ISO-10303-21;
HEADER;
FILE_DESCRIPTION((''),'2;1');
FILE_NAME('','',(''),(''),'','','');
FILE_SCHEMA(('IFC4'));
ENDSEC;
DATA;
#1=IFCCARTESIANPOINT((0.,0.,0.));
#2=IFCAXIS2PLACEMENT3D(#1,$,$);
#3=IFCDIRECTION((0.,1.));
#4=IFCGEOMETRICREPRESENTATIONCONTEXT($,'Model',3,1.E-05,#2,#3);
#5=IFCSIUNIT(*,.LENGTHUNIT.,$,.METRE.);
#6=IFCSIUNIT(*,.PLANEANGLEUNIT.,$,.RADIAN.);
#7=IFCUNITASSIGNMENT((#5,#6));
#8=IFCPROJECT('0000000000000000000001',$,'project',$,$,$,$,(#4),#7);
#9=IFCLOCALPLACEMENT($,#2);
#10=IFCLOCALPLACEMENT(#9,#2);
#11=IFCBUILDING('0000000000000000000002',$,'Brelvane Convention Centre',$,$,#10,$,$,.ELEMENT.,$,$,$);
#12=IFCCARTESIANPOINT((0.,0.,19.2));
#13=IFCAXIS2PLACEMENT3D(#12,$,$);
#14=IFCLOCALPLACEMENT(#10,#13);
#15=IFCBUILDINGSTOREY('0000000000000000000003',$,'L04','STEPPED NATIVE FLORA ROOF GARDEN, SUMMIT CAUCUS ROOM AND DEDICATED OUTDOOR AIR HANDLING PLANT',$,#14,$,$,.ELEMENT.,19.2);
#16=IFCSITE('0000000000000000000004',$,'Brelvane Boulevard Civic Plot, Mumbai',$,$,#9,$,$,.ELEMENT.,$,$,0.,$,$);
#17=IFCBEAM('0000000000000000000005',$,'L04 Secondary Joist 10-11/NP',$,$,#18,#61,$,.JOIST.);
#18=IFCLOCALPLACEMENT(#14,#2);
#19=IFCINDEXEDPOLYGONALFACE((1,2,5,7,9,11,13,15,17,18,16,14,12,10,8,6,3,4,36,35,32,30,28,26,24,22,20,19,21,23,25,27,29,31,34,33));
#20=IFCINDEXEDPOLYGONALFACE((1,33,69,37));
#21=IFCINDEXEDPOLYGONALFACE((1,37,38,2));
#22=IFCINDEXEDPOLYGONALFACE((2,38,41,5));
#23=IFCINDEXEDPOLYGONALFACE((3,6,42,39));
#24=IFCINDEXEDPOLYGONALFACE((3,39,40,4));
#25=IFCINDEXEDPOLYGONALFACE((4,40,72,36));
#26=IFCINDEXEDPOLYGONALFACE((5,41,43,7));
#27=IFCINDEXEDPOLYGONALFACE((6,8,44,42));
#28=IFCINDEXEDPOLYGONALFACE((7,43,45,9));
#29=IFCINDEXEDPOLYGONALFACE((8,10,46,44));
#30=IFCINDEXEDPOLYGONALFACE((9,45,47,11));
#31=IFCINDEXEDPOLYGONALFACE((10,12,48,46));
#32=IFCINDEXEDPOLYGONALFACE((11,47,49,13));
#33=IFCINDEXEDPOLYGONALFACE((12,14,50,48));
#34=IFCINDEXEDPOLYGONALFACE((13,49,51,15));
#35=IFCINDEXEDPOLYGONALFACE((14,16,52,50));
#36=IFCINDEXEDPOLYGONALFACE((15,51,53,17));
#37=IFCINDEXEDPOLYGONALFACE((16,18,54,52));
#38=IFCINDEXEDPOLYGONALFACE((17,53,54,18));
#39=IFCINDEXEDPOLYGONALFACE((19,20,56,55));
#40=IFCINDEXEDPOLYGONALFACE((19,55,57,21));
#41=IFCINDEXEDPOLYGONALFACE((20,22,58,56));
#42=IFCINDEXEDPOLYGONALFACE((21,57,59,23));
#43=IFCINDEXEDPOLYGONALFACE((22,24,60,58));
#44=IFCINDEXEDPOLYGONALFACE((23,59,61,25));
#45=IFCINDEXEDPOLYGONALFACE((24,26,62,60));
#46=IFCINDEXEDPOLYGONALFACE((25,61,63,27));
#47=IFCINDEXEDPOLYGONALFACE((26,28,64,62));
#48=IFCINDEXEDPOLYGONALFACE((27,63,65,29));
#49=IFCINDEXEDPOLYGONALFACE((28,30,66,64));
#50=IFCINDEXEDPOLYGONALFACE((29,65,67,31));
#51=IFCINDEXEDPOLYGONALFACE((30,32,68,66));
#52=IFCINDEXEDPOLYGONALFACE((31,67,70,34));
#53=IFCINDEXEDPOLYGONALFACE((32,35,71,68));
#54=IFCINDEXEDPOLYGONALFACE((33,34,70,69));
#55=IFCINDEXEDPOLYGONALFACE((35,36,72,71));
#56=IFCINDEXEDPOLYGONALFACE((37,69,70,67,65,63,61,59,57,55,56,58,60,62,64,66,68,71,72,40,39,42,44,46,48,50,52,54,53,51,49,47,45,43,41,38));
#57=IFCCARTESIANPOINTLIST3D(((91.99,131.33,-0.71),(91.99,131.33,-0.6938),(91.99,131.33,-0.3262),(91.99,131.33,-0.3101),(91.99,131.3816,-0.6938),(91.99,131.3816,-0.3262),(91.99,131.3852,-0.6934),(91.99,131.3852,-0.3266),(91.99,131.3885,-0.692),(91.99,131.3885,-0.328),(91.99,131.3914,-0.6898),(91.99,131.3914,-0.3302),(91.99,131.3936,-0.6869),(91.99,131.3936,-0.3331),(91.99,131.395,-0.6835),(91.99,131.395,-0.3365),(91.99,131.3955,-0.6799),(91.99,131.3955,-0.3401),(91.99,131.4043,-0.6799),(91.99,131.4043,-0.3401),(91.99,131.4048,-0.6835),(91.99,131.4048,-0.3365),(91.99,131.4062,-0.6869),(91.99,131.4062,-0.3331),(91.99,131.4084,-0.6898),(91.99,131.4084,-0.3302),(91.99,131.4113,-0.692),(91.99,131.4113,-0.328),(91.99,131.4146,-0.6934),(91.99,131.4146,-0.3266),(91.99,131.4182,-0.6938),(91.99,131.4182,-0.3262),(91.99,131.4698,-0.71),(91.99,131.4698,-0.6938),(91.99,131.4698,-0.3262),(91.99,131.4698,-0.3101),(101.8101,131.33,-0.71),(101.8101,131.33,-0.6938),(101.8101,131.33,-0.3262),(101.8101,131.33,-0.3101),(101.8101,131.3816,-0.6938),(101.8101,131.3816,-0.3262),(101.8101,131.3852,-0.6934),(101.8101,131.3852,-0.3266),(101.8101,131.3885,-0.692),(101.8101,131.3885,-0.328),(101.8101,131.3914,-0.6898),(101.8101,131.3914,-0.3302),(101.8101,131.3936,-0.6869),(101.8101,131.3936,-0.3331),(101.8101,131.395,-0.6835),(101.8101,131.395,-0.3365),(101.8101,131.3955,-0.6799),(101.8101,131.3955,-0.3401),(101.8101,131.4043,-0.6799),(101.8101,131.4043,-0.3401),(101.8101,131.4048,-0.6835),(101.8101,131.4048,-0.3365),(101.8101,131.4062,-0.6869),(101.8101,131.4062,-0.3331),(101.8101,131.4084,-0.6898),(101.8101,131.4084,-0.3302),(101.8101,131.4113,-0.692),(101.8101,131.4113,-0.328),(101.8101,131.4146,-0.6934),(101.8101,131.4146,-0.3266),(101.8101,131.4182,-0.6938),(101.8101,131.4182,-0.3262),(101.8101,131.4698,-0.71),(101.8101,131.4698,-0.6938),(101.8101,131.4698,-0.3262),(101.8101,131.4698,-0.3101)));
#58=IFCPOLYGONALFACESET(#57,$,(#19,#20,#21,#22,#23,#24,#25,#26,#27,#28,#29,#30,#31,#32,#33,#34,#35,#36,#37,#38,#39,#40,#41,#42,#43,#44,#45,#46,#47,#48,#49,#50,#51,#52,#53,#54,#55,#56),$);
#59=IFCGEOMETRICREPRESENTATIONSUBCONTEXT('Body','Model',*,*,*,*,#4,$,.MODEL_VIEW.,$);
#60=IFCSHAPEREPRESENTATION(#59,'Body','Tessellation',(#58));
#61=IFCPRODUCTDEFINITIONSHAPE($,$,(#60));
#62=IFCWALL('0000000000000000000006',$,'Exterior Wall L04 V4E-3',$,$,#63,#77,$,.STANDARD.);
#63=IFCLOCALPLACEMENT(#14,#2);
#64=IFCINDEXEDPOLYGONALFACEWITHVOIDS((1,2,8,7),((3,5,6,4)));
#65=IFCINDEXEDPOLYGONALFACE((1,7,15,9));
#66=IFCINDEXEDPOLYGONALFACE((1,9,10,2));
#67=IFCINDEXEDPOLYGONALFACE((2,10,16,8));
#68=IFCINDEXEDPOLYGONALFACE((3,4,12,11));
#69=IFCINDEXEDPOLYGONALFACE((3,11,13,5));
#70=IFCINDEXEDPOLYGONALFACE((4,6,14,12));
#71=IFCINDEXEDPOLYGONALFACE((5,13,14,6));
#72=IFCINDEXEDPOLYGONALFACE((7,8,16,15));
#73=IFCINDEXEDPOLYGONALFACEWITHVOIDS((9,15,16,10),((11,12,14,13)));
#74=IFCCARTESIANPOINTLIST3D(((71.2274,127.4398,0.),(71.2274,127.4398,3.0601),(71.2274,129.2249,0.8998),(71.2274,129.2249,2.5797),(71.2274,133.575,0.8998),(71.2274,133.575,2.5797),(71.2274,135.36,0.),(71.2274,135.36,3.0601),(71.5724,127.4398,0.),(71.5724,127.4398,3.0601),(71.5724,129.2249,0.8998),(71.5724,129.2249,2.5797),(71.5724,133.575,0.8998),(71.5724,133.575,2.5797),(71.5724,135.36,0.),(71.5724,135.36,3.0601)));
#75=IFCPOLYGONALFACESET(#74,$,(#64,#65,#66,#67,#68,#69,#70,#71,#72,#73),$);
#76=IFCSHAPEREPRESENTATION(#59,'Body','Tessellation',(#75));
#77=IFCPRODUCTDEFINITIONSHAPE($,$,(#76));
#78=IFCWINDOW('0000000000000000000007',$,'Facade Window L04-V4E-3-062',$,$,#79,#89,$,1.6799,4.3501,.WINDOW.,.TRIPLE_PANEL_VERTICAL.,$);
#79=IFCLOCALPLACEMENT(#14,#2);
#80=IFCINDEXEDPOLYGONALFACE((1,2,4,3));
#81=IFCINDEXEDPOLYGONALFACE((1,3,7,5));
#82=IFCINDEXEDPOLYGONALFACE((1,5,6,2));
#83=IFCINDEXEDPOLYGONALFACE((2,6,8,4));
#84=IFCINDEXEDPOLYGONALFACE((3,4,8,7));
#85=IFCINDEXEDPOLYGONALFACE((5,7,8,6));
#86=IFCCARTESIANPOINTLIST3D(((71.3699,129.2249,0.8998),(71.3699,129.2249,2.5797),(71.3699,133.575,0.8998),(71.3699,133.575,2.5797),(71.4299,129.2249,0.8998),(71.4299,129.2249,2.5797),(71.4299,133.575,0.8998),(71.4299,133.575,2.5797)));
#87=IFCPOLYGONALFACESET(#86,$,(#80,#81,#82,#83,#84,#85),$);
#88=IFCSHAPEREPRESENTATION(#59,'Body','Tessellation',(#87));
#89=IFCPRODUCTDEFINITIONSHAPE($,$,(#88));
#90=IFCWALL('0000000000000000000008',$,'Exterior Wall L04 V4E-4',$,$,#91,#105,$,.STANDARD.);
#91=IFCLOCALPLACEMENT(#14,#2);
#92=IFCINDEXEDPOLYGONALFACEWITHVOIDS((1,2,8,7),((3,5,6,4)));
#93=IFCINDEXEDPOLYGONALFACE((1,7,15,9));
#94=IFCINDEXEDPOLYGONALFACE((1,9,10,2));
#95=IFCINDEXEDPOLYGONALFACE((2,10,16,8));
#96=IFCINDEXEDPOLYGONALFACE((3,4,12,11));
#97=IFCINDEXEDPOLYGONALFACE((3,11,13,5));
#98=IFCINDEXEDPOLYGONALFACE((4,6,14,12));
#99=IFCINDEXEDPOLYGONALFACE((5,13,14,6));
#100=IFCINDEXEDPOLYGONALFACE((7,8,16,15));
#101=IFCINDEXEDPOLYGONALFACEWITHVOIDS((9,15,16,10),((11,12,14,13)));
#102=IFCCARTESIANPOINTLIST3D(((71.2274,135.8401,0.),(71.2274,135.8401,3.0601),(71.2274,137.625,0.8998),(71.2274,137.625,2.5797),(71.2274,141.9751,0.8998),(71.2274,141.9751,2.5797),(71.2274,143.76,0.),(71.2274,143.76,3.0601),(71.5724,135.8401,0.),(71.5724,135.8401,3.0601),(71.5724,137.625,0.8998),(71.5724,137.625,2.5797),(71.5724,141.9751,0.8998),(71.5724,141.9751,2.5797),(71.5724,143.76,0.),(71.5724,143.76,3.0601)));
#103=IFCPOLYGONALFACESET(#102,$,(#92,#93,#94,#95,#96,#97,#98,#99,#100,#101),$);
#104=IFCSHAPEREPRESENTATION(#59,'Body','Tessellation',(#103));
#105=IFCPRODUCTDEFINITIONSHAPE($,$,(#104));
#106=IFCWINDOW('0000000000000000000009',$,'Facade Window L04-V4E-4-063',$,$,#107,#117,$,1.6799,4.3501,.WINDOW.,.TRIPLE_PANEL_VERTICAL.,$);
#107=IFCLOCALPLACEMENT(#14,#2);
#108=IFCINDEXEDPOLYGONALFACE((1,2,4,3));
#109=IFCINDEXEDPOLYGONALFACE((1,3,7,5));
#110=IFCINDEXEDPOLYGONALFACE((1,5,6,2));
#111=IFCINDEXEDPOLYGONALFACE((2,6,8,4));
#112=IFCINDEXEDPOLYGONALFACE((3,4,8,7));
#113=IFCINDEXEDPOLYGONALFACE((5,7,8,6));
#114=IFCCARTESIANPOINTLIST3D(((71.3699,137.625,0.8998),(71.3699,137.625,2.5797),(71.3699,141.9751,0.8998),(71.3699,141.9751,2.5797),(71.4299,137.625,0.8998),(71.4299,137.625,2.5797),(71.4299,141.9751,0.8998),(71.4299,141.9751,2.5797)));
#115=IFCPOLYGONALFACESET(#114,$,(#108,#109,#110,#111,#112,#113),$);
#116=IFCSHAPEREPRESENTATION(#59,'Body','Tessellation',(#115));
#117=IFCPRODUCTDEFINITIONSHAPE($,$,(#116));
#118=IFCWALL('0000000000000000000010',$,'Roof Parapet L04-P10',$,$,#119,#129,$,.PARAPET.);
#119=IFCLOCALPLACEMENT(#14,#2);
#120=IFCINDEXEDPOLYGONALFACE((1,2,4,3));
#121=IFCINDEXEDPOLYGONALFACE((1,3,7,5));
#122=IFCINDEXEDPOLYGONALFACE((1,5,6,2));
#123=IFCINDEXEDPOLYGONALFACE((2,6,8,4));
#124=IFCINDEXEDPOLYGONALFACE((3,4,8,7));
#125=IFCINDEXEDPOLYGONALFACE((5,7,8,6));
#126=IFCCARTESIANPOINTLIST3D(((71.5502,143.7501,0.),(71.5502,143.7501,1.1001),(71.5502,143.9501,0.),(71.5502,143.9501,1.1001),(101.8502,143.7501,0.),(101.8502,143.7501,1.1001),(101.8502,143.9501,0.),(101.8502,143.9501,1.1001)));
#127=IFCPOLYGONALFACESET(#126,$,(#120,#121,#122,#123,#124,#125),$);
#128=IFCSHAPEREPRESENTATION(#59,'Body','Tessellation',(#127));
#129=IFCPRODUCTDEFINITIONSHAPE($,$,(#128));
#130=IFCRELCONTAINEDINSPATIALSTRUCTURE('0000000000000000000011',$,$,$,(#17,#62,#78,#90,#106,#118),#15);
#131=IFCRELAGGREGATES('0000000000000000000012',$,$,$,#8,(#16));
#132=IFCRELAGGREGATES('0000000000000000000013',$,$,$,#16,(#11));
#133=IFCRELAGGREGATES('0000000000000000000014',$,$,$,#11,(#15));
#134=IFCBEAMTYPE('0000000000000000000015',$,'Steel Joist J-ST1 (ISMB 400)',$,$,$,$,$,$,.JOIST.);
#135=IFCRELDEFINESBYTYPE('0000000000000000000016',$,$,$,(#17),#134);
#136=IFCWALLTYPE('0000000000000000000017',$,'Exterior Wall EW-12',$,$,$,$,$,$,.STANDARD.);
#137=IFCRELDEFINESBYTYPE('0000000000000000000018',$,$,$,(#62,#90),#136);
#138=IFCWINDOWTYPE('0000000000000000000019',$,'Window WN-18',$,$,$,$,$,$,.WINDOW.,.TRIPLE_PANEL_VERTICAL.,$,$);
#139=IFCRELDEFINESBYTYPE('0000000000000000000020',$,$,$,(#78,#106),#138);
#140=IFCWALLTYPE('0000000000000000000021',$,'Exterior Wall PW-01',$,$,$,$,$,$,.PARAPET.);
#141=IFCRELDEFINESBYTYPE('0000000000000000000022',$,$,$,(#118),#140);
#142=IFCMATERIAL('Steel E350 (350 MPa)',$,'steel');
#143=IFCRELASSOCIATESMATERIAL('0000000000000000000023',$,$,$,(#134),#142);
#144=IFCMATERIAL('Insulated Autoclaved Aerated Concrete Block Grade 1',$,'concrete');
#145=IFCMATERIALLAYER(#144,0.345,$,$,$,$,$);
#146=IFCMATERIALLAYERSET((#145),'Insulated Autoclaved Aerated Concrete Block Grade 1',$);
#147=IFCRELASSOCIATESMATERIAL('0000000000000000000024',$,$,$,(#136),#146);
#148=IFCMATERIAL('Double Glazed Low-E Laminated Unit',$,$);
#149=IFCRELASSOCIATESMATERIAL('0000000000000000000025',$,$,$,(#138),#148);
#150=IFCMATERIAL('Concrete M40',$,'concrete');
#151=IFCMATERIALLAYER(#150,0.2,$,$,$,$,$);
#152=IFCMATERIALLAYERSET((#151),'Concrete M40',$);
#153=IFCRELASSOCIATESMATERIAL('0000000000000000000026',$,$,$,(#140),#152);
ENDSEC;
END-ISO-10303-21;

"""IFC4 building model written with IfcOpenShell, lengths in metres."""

from ifc_helpers import new_model, si_unit, direction, frame, frame_2d, origin, origin_2d, place, context, subcontext, project, spatial, rectangle, i_section, extrude, material, layer, layer_set, material_profile, profile_set, type_object, element, fill, save


model = new_model("IFC4")

# Units and contexts
model_context = context("Model", 3, precision=1e-05, world=origin(), true_north=direction((0.0, 1.0)))
body_context = subcontext(model_context, "Body", "Model", "MODEL_VIEW")
ifc_project = project(units=[si_unit("LENGTHUNIT", "METRE"), si_unit("PLANEANGLEUNIT", "RADIAN")], contexts=[model_context])

# Site, building, storey
site_placement = place(None, origin())
site = spatial("IfcSite", under=ifc_project, at=site_placement, Name="Brelvane Boulevard Civic Plot, Mumbai", CompositionType="ELEMENT", RefElevation=0.0)
building_placement = place(site_placement, origin())
building = spatial("IfcBuilding", under=site, at=building_placement, Name="Brelvane Convention Centre", CompositionType="ELEMENT")
storey_placement = place(building_placement, frame((0.0, 0.0, 19.2)))
storey = spatial("IfcBuildingStorey", under=building, at=storey_placement, Name="L04", Description="STEPPED NATIVE FLORA ROOF GARDEN, SUMMIT CAUCUS ROOM AND DEDICATED OUTDOOR AIR HANDLING PLANT", CompositionType="ELEMENT", Elevation=19.2)

# Beam
ifc_material_1 = material(Name="Steel E350 (350 MPa)", Category="steel")
ifc_material_profile_1 = material_profile(ifc_material_1, i_section(OverallWidth=0.1399, OverallDepth=0.3999, WebThickness=0.0088, FlangeThickness=0.0161, FilletRadius=0.0139, at=origin_2d()), Name="ISMB 400")
ifc_profile_set_1 = profile_set([ifc_material_profile_1], Name="Steel E350 (350 MPa)")
beam_type_1 = type_object("IfcBeamType", Name="Steel Joist J-ST1 (ISMB 400)", PredefinedType="JOIST", material=ifc_profile_set_1)
for number, where, z_axis, x_axis, name in (
    (1, (91.99, 131.3999, -0.51), (1.0, 0.0, 0.0), (0.0, 1.0, 0.0), "L04 Secondary Joist 10-11/NP"),
):
    element("IfcBeam", number, at=place(storey_placement, frame(where, z_axis=z_axis, x_axis=x_axis)), inside=storey, type_object=beam_type_1, Name=name, PredefinedType="JOIST", context=body_context, shape_type="SweptSolid", body=[
        extrude(i_section(OverallWidth=0.1399, OverallDepth=0.3999, WebThickness=0.0088, FlangeThickness=0.0161, FilletRadius=0.0139, at=origin_2d()), origin(), (0.0, 0.0, 1.0), 9.8201),
    ])

# Walls, openings, windows
ifc_material_2 = material(Name="Insulated Autoclaved Aerated Concrete Block Grade 1", Category="concrete")
ifc_layer_1 = layer(ifc_material_2, 0.345)
ifc_layer_set_1 = layer_set([ifc_layer_1], Name="Insulated Autoclaved Aerated Concrete Block Grade 1")
wall_type_1 = type_object("IfcWallType", Name="Exterior Wall EW-12", PredefinedType="STANDARD", material=ifc_layer_set_1)
wall_1_placement = place(storey_placement, frame((71.3999, 127.4399, 0.0), z_axis=(0.0, 0.0, 1.0), x_axis=(0.0, 1.0, 0.0)))
wall_1 = element("IfcWall", 2, at=wall_1_placement, inside=storey, type_object=wall_type_1, Name="Exterior Wall L04 V4E-3", PredefinedType="STANDARD", context=body_context, shape_type="SweptSolid", body=[
    extrude(rectangle(XDim=7.9202, YDim=0.345, at=frame_2d((3.96, 0.0))), origin(), (0.0, 0.0, 1.0), 3.0601),
])
opening_1_placement = place(wall_1_placement, frame((1.7849, 0.0, 0.8999)))
opening_1 = element("IfcOpeningElement", 3, at=opening_1_placement, cuts=wall_1, PredefinedType="OPENING", context=body_context, shape_type="SweptSolid", body=[
    extrude(rectangle(XDim=4.3501, YDim=1.6799, at=frame_2d((2.175, 0.8398))), frame((0.0, 0.1824, 0.0), z_axis=(0.0, -1.0, 0.0), x_axis=(1.0, 0.0, 0.0)), (0.0, 0.0, 1.0), 0.365),
])
ifc_material_3 = material(Name="Double Glazed Low-E Laminated Unit")
window_type = type_object("IfcWindowType", Name="Window WN-18", PartitioningType="TRIPLE_PANEL_VERTICAL", PredefinedType="WINDOW", material=ifc_material_3)
window_1_placement = place(opening_1_placement, origin())
window_1 = element("IfcWindow", 4, at=window_1_placement, inside=storey, type_object=window_type, Name="Facade Window L04-V4E-3-062", OverallHeight=1.6799, OverallWidth=4.3501, PartitioningType="TRIPLE_PANEL_VERTICAL", PredefinedType="WINDOW", context=body_context, shape_type="SweptSolid", body=[
    extrude(rectangle(XDim=4.3501, YDim=1.6799, at=frame_2d((2.175, 0.8398))), frame((0.0, 0.03, 0.0), z_axis=(0.0, -1.0, 0.0), x_axis=(1.0, 0.0, 0.0)), (0.0, 0.0, 1.0), 0.0601),
])
fill(opening_1, window_1)
wall_2_placement = place(storey_placement, frame((71.3999, 135.8401, 0.0), z_axis=(0.0, 0.0, 1.0), x_axis=(0.0, 1.0, 0.0)))
wall_2 = element("IfcWall", 5, at=wall_2_placement, inside=storey, type_object=wall_type_1, Name="Exterior Wall L04 V4E-4", PredefinedType="STANDARD", context=body_context, shape_type="SweptSolid", body=[
    extrude(rectangle(XDim=7.9199, YDim=0.345, at=frame_2d((3.96, 0.0))), origin(), (0.0, 0.0, 1.0), 3.0601),
])
opening_2_placement = place(wall_2_placement, frame((1.7849, 0.0, 0.8999)))
opening_2 = element("IfcOpeningElement", 6, at=opening_2_placement, cuts=wall_2, PredefinedType="OPENING", context=body_context, shape_type="SweptSolid", body=[
    extrude(rectangle(XDim=4.3501, YDim=1.6799, at=frame_2d((2.175, 0.8398))), frame((0.0, 0.1824, 0.0), z_axis=(0.0, -1.0, 0.0), x_axis=(1.0, 0.0, 0.0)), (0.0, 0.0, 1.0), 0.365),
])
window_2_placement = place(opening_2_placement, origin())
window_2 = element("IfcWindow", 7, at=window_2_placement, inside=storey, type_object=window_type, Name="Facade Window L04-V4E-4-063", OverallHeight=1.6799, OverallWidth=4.3501, PartitioningType="TRIPLE_PANEL_VERTICAL", PredefinedType="WINDOW", context=body_context, shape_type="SweptSolid", body=[
    extrude(rectangle(XDim=4.3501, YDim=1.6799, at=frame_2d((2.175, 0.8398))), frame((0.0, 0.03, 0.0), z_axis=(0.0, -1.0, 0.0), x_axis=(1.0, 0.0, 0.0)), (0.0, 0.0, 1.0), 0.0601),
])
fill(opening_2, window_2)

# Wall
ifc_material_4 = material(Name="Concrete M40", Category="concrete")
ifc_layer_2 = layer(ifc_material_4, 0.2)
ifc_layer_set_2 = layer_set([ifc_layer_2], Name="Concrete M40")
wall_type_2 = type_object("IfcWallType", Name="Exterior Wall PW-01", PredefinedType="PARAPET", material=ifc_layer_set_2)
wall_3_placement = place(storey_placement, frame((101.8501, 143.8501, 0.0), z_axis=(0.0, 0.0, 1.0), x_axis=(-1.0, 0.0, 0.0)))
element("IfcWall", 8, at=wall_3_placement, inside=storey, type_object=wall_type_2, Name="Roof Parapet L04-P10", PredefinedType="PARAPET", context=body_context, shape_type="SweptSolid", body=[
    extrude(rectangle(XDim=30.3, YDim=0.2, at=frame_2d((15.1499, 0.0))), origin(), (0.0, 0.0, 1.0), 1.1001),
])

save(model, "model.ifc")
